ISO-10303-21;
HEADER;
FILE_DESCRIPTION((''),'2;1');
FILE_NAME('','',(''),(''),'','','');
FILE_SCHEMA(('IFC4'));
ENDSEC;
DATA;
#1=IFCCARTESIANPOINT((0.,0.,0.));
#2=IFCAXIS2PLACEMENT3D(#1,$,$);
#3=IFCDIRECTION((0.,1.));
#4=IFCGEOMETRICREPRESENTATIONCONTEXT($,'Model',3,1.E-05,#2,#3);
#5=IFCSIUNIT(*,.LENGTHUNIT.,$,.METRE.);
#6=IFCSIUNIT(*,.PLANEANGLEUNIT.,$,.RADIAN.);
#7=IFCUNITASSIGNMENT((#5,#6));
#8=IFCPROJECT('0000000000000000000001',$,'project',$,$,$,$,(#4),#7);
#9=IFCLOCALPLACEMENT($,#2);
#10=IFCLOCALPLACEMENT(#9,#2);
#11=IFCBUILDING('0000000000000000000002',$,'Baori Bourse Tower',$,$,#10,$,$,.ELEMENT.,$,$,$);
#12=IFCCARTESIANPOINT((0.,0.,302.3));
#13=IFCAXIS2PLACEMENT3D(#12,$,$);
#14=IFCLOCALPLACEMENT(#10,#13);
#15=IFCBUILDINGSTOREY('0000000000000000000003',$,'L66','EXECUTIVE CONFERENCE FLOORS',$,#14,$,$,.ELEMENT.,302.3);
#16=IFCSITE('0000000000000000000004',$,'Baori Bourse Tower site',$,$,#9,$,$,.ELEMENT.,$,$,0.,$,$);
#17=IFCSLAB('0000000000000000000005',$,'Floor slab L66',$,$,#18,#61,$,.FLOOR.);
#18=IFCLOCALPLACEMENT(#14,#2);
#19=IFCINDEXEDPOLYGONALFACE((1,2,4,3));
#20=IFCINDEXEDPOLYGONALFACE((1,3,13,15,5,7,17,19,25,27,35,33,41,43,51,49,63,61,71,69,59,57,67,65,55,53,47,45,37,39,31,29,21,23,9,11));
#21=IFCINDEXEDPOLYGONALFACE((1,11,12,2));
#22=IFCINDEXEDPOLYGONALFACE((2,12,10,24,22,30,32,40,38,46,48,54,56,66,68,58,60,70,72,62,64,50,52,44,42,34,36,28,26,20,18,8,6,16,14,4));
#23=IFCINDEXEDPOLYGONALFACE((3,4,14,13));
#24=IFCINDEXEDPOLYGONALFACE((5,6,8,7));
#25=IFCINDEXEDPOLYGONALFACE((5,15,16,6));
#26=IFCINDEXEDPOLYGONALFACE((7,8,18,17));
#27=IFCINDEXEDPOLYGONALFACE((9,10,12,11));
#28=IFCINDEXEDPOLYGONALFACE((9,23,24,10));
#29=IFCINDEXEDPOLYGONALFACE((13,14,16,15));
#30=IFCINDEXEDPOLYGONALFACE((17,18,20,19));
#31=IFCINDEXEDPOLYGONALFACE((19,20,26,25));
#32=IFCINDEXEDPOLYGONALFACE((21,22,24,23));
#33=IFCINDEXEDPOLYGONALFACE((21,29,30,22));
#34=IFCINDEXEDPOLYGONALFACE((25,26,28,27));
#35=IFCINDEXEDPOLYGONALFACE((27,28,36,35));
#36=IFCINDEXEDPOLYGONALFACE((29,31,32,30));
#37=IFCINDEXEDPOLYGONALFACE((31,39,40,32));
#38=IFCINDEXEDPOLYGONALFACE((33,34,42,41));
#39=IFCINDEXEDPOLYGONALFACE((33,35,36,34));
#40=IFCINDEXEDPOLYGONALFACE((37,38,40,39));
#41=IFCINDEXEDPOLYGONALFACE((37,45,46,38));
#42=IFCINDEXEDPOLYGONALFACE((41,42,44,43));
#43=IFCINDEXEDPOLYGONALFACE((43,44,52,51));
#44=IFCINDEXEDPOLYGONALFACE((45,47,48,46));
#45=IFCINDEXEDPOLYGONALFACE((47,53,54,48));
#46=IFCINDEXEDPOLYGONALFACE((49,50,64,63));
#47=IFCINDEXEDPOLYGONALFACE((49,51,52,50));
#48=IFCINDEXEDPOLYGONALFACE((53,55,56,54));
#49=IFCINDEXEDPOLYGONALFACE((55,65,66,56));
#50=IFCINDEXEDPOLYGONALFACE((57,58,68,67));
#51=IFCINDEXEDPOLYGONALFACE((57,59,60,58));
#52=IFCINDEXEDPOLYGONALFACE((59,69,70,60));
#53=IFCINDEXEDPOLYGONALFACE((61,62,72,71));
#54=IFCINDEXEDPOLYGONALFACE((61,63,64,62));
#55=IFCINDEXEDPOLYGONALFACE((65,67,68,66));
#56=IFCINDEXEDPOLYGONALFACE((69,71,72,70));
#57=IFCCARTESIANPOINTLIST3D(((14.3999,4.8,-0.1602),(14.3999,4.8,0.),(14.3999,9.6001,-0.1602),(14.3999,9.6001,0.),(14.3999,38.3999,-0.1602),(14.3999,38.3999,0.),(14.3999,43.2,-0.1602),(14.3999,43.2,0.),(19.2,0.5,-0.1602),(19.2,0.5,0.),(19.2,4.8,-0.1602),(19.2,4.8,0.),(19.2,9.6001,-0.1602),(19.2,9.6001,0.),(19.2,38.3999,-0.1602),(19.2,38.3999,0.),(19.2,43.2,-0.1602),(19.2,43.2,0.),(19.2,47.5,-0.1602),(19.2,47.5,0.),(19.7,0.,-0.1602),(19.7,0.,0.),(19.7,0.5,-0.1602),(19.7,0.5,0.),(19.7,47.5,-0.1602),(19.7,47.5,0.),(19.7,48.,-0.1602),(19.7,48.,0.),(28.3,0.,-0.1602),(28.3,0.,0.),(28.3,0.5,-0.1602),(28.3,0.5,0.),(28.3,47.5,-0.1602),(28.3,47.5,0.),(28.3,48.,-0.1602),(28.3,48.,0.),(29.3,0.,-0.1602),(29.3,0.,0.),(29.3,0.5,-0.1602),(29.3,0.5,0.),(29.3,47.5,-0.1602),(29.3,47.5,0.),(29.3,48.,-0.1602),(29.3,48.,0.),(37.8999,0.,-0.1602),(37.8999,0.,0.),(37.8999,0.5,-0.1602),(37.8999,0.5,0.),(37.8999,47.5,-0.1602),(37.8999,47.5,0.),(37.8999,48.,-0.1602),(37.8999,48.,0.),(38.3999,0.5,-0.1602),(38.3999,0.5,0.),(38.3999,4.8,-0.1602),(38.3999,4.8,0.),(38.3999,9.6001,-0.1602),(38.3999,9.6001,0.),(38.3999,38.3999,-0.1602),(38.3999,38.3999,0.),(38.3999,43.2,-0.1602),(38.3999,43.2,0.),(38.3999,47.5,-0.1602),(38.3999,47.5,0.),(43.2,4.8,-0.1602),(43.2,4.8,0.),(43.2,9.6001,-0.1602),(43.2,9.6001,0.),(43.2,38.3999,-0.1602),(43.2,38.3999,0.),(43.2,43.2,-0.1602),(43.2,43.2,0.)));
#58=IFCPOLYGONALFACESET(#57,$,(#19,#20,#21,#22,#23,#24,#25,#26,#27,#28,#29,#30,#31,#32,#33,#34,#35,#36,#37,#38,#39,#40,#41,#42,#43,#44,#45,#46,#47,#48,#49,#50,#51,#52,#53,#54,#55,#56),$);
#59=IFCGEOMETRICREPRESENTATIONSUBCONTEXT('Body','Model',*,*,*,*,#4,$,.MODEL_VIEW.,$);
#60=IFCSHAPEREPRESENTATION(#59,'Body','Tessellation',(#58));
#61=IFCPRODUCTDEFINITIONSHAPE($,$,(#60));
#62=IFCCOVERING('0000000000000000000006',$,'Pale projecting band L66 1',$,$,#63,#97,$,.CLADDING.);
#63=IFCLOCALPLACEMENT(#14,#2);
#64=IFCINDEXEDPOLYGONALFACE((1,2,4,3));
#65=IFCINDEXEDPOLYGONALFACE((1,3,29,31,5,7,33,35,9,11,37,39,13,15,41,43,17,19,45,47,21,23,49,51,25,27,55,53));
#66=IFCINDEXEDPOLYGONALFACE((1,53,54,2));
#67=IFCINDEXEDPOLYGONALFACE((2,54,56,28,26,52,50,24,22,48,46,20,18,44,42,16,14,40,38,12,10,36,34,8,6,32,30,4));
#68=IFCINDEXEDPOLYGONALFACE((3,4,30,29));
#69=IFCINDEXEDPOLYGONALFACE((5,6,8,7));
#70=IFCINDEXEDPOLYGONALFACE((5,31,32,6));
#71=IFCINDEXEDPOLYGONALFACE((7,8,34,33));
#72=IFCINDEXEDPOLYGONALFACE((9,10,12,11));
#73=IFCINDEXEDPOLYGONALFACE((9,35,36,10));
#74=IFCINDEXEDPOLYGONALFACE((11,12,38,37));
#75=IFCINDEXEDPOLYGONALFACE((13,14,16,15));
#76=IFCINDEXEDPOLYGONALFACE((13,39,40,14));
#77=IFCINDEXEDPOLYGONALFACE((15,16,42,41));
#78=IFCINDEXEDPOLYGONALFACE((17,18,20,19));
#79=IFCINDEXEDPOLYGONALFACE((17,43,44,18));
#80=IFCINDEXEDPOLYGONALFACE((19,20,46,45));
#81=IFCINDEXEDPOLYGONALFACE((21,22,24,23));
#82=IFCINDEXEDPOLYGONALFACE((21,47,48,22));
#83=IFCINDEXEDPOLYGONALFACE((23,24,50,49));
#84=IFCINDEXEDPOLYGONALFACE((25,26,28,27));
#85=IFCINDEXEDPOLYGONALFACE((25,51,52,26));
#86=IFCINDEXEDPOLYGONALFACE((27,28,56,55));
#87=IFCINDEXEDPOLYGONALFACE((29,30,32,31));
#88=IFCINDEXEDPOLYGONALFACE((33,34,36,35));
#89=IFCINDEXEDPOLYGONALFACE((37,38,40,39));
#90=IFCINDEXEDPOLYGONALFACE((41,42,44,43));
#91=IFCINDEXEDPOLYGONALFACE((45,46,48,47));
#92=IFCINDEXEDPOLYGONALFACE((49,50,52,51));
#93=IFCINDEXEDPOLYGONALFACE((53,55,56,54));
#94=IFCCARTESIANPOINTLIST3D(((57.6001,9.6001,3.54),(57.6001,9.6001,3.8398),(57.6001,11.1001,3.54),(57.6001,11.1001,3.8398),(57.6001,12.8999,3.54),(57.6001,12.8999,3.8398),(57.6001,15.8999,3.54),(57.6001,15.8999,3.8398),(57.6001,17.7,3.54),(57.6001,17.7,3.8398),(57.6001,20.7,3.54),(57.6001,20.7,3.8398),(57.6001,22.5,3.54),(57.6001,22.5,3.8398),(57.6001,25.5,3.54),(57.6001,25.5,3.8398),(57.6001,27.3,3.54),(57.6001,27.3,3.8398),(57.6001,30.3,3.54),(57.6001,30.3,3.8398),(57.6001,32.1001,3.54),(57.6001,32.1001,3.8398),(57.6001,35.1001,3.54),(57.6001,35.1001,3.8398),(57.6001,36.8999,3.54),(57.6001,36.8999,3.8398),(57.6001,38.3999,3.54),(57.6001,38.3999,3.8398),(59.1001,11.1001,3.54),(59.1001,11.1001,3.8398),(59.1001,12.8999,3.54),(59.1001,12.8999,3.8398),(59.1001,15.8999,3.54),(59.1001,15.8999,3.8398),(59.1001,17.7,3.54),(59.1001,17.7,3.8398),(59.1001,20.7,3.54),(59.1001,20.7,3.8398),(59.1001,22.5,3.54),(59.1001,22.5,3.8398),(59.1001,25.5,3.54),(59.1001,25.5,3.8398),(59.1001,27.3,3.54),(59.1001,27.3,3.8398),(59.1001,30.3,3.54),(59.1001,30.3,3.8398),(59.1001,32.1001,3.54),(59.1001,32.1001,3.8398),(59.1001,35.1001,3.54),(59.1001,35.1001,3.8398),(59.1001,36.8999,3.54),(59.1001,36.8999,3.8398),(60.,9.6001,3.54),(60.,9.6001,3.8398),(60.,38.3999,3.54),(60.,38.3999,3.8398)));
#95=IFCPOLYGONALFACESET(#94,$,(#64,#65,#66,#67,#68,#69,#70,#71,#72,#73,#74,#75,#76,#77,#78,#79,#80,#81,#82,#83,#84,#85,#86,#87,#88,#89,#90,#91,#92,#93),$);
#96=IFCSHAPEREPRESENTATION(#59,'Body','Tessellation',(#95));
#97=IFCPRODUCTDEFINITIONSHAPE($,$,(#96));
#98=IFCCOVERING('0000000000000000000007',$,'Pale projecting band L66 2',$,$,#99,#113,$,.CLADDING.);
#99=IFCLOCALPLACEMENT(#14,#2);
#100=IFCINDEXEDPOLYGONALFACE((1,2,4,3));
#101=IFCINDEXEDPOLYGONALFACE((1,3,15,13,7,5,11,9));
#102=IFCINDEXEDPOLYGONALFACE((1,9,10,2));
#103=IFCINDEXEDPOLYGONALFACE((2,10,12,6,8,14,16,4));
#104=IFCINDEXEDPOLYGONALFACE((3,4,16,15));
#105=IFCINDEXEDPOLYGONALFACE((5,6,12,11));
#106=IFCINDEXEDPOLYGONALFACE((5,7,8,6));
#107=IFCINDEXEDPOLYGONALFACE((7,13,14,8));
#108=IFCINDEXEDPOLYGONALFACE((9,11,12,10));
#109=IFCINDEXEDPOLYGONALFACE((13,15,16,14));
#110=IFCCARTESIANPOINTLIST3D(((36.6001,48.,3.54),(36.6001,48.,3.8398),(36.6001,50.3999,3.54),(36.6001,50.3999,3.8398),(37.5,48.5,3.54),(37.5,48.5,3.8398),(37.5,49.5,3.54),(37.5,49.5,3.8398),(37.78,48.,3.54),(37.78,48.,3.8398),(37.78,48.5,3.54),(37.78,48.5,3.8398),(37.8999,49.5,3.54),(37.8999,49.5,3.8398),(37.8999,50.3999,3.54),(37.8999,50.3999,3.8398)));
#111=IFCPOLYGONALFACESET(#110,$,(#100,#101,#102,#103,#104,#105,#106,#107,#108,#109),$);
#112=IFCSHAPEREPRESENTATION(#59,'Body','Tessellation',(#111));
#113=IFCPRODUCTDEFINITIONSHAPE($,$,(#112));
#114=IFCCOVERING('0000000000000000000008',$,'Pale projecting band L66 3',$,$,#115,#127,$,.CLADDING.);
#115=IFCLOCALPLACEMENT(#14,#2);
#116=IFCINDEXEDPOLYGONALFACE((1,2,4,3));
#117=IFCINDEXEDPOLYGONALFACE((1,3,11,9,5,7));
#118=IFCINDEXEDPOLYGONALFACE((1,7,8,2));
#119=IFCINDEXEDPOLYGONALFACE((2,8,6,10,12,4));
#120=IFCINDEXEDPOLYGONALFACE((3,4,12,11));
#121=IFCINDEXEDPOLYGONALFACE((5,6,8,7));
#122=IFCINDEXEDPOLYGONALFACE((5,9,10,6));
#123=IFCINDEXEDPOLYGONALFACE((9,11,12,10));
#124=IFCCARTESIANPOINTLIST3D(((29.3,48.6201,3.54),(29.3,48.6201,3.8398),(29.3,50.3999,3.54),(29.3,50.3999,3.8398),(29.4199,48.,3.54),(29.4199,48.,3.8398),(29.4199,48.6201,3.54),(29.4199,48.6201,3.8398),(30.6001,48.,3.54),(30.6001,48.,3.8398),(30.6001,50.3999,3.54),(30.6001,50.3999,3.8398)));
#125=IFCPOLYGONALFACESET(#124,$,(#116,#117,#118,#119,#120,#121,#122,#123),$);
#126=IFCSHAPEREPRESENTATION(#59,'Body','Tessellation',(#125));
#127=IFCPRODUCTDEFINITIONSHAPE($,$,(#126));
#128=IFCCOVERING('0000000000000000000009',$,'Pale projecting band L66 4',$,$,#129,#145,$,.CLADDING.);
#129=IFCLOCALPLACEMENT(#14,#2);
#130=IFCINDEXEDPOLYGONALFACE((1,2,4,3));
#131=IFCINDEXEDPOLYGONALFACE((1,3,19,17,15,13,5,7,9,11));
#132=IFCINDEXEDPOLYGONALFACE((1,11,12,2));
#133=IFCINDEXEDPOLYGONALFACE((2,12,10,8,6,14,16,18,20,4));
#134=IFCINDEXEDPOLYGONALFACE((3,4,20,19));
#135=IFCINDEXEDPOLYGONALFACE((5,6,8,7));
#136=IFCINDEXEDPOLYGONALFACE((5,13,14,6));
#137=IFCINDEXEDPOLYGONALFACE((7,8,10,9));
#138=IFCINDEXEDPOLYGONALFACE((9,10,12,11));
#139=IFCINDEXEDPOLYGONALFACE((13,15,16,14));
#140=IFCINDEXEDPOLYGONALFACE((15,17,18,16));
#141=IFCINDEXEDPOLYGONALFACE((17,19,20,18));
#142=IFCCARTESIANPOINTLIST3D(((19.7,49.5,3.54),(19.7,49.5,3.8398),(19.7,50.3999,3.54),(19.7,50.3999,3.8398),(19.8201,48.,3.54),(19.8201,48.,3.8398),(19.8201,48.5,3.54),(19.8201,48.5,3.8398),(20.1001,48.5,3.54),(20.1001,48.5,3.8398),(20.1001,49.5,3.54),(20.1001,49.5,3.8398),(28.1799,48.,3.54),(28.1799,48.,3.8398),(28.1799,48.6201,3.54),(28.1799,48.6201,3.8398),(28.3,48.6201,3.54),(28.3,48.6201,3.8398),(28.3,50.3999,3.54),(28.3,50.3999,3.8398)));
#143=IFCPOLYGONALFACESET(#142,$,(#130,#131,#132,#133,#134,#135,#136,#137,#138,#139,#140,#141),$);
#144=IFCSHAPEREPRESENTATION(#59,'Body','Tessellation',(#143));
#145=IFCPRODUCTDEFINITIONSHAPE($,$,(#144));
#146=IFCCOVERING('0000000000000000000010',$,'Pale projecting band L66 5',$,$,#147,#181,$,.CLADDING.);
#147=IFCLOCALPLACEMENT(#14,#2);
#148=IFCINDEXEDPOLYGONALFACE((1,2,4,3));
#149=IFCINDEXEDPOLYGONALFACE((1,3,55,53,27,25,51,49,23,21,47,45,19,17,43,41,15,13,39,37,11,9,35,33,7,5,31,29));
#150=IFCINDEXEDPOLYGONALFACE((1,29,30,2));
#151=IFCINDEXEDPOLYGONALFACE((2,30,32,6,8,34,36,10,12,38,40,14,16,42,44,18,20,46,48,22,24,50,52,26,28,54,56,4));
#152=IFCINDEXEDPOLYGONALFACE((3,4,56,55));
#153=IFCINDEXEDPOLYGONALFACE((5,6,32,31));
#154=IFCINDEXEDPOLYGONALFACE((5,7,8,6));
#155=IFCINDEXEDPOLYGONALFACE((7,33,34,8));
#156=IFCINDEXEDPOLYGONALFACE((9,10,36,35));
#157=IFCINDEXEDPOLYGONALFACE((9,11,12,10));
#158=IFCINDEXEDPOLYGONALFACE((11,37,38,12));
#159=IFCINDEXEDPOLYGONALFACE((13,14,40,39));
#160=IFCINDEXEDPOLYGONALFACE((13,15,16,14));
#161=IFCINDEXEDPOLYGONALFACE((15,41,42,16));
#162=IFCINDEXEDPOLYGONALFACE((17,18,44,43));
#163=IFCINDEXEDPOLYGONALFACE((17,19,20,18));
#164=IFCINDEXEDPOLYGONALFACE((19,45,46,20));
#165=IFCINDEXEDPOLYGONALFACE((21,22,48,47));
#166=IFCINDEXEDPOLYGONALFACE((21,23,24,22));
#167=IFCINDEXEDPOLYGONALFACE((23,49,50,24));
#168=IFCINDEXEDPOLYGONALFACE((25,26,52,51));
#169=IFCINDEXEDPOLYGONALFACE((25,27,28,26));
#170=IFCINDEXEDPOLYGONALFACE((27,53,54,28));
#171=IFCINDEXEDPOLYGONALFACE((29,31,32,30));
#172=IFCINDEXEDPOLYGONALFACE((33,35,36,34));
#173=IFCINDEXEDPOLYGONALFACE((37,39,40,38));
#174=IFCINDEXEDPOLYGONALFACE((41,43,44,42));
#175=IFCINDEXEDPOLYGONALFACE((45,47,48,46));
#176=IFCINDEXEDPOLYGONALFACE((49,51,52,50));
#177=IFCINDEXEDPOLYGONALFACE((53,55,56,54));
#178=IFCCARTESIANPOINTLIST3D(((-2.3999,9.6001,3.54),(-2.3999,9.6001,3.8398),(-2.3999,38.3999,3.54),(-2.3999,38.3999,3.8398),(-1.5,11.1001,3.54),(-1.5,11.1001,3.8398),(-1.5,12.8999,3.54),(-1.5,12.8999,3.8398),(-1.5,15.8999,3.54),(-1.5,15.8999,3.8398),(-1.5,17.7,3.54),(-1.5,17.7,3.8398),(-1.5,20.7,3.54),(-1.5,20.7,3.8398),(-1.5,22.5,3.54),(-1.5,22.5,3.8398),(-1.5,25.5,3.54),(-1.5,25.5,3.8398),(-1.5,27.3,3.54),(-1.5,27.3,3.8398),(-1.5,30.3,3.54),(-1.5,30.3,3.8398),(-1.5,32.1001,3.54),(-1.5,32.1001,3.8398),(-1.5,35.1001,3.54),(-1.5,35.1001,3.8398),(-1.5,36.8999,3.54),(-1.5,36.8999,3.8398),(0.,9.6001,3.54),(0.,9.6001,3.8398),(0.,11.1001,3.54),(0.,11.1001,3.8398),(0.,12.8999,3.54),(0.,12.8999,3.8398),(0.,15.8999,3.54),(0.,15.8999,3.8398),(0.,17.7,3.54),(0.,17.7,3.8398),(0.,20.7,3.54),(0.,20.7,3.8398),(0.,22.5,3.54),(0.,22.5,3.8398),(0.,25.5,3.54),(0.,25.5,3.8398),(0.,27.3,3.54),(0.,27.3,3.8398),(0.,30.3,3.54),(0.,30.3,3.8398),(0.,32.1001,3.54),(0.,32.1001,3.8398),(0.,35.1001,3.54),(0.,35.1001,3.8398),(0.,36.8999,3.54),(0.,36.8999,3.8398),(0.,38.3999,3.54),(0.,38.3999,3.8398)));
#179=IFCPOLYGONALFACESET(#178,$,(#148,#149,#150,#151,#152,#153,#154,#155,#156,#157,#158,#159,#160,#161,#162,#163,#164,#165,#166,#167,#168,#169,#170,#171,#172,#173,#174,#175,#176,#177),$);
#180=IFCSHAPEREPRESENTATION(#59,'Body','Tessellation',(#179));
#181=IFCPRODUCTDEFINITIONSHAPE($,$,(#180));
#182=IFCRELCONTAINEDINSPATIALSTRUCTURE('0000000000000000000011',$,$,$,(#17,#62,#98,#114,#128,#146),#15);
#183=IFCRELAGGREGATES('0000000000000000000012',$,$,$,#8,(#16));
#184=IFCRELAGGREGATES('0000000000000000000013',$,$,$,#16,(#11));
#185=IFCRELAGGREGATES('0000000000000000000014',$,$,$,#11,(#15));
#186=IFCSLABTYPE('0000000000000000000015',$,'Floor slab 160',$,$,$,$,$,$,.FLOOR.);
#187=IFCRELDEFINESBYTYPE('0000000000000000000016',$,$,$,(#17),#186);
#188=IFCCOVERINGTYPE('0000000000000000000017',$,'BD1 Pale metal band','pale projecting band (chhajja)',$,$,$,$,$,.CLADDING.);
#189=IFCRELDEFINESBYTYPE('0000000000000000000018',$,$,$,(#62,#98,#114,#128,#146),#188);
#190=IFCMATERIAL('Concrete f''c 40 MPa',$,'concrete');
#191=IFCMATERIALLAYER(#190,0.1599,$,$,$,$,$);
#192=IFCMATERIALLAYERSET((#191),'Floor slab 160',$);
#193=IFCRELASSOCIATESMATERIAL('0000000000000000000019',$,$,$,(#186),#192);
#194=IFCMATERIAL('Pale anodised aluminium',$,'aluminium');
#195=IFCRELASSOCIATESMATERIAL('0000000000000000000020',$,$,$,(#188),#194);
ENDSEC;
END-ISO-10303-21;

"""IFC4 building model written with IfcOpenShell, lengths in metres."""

from ifc_helpers import new_model, si_unit, direction, frame, origin, place, context, subcontext, project, spatial, polyline, outline, extrude, material, layer, layer_set, type_object, element, save


model = new_model("IFC4")

# Units and contexts
model_context = context("Model", 3, precision=1e-05, world=origin(), true_north=direction((0.0, 1.0)))
body_context = subcontext(model_context, "Body", "Model", "MODEL_VIEW")
ifc_project = project(units=[si_unit("LENGTHUNIT", "METRE"), si_unit("PLANEANGLEUNIT", "RADIAN")], contexts=[model_context])

# Site, building, storey
site_placement = place(None, origin())
site = spatial("IfcSite", under=ifc_project, at=site_placement, Name="Baori Bourse Tower site", CompositionType="ELEMENT", RefElevation=0.0)
building_placement = place(site_placement, origin())
building = spatial("IfcBuilding", under=site, at=building_placement, Name="Baori Bourse Tower", CompositionType="ELEMENT")
storey_placement = place(building_placement, frame((0.0, 0.0, 302.3)))
storey = spatial("IfcBuildingStorey", under=building, at=storey_placement, Name="L66", Description="EXECUTIVE CONFERENCE FLOORS", CompositionType="ELEMENT", Elevation=302.3)

# Slab
ifc_material_1 = material(Name="Concrete f'c 40 MPa", Category="concrete")
ifc_layer_1 = layer(ifc_material_1, 0.1599)
ifc_layer_set_1 = layer_set([ifc_layer_1], Name="Floor slab 160")
slab_type_1 = type_object("IfcSlabType", Name="Floor slab 160", PredefinedType="FLOOR", material=ifc_layer_set_1)
slab_1_placement = place(storey_placement, frame((0.0, 0.0, -0.1602)))
element("IfcSlab", 1, at=slab_1_placement, inside=storey, type_object=slab_type_1, Name="Floor slab L66", PredefinedType="FLOOR", context=body_context, shape_type="SweptSolid", body=[
    extrude(outline(polyline([(19.2, 4.8), (14.3999, 4.8), (14.3999, 9.6001), (19.2, 9.6001), (19.2, 38.3999), (14.3999, 38.3999), (14.3999, 43.2), (19.2, 43.2), (19.2, 47.5), (19.7, 47.5), (19.7, 48.0), (28.3, 48.0), (28.3, 47.5), (29.3, 47.5), (29.3, 48.0), (37.8999, 48.0), (37.8999, 47.5), (38.3999, 47.5), (38.3999, 43.2), (43.2, 43.2), (43.2, 38.3999), (38.3999, 38.3999), (38.3999, 9.6001), (43.2, 9.6001), (43.2, 4.8), (38.3999, 4.8), (38.3999, 0.5), (37.8999, 0.5), (37.8999, 0.0), (29.3, 0.0), (29.3, 0.5), (28.3, 0.5), (28.3, 0.0), (19.7, 0.0), (19.7, 0.5), (19.2, 0.5), (19.2, 4.8)])), origin(), (0.0, 0.0, 1.0), 0.1602),
])

# Coverings
ifc_material_2 = material(Name="Pale anodised aluminium", Category="aluminium")
covering_type_1 = type_object("IfcCoveringType", Name="BD1 Pale metal band", Description="pale projecting band (chhajja)", PredefinedType="CLADDING", material=ifc_material_2)
covering_1_placement = place(storey_placement, frame((0.0, 0.0, 3.54)))
element("IfcCovering", 2, at=covering_1_placement, inside=storey, type_object=covering_type_1, Name="Pale projecting band L66 1", PredefinedType="CLADDING", context=body_context, shape_type="SweptSolid", body=[
    extrude(outline(polyline([(57.6001, 11.1001), (57.6001, 9.6001), (60.0, 9.6001), (60.0, 38.3999), (57.6001, 38.3999), (57.6001, 36.8999), (59.1001, 36.8999), (59.1001, 35.1001), (57.6001, 35.1001), (57.6001, 32.1001), (59.1001, 32.1001), (59.1001, 30.3), (57.6001, 30.3), (57.6001, 27.3), (59.1001, 27.3), (59.1001, 25.5), (57.6001, 25.5), (57.6001, 22.5), (59.1001, 22.5), (59.1001, 20.7), (57.6001, 20.7), (57.6001, 17.7), (59.1001, 17.7), (59.1001, 15.8999), (57.6001, 15.8999), (57.6001, 12.8999), (59.1001, 12.8999), (59.1001, 11.1001), (57.6001, 11.1001)])), origin(), (0.0, 0.0, 1.0), 0.2998),
])
covering_2_placement = place(storey_placement, frame((0.0, 0.0, 3.54)))
element("IfcCovering", 3, at=covering_2_placement, inside=storey, type_object=covering_type_1, Name="Pale projecting band L66 2", PredefinedType="CLADDING", context=body_context, shape_type="SweptSolid", body=[
    extrude(outline(polyline([(36.6001, 48.0), (37.78, 48.0), (37.78, 48.5), (37.5, 48.5), (37.5, 49.5), (37.8999, 49.5), (37.8999, 50.3999), (36.6001, 50.3999), (36.6001, 48.0)])), origin(), (0.0, 0.0, 1.0), 0.2998),
])
covering_3_placement = place(storey_placement, frame((0.0, 0.0, 3.54)))
element("IfcCovering", 4, at=covering_3_placement, inside=storey, type_object=covering_type_1, Name="Pale projecting band L66 3", PredefinedType="CLADDING", context=body_context, shape_type="SweptSolid", body=[
    extrude(outline(polyline([(29.4199, 48.0), (30.6001, 48.0), (30.6001, 50.3999), (29.3, 50.3999), (29.3, 48.6201), (29.4199, 48.6201), (29.4199, 48.0)])), origin(), (0.0, 0.0, 1.0), 0.2998),
])
covering_4_placement = place(storey_placement, frame((0.0, 0.0, 3.54)))
element("IfcCovering", 5, at=covering_4_placement, inside=storey, type_object=covering_type_1, Name="Pale projecting band L66 4", PredefinedType="CLADDING", context=body_context, shape_type="SweptSolid", body=[
    extrude(outline(polyline([(19.8201, 48.0), (28.1799, 48.0), (28.1799, 48.6201), (28.3, 48.6201), (28.3, 50.3999), (19.7, 50.3999), (19.7, 49.5), (20.1001, 49.5), (20.1001, 48.5), (19.8201, 48.5), (19.8201, 48.0)])), origin(), (0.0, 0.0, 1.0), 0.2998),
])
covering_5_placement = place(storey_placement, frame((0.0, 0.0, 3.54)))
element("IfcCovering", 6, at=covering_5_placement, inside=storey, type_object=covering_type_1, Name="Pale projecting band L66 5", PredefinedType="CLADDING", context=body_context, shape_type="SweptSolid", body=[
    extrude(outline(polyline([(0.0, 36.8999), (0.0, 38.3999), (-2.3999, 38.3999), (-2.3999, 9.6001), (0.0, 9.6001), (0.0, 11.1001), (-1.5, 11.1001), (-1.5, 12.8999), (0.0, 12.8999), (0.0, 15.8999), (-1.5, 15.8999), (-1.5, 17.7), (0.0, 17.7), (0.0, 20.7), (-1.5, 20.7), (-1.5, 22.5), (0.0, 22.5), (0.0, 25.5), (-1.5, 25.5), (-1.5, 27.3), (0.0, 27.3), (0.0, 30.3), (-1.5, 30.3), (-1.5, 32.1001), (0.0, 32.1001), (0.0, 35.1001), (-1.5, 35.1001), (-1.5, 36.8999), (0.0, 36.8999)])), origin(), (0.0, 0.0, 1.0), 0.2998),
])

save(model, "model.ifc")
